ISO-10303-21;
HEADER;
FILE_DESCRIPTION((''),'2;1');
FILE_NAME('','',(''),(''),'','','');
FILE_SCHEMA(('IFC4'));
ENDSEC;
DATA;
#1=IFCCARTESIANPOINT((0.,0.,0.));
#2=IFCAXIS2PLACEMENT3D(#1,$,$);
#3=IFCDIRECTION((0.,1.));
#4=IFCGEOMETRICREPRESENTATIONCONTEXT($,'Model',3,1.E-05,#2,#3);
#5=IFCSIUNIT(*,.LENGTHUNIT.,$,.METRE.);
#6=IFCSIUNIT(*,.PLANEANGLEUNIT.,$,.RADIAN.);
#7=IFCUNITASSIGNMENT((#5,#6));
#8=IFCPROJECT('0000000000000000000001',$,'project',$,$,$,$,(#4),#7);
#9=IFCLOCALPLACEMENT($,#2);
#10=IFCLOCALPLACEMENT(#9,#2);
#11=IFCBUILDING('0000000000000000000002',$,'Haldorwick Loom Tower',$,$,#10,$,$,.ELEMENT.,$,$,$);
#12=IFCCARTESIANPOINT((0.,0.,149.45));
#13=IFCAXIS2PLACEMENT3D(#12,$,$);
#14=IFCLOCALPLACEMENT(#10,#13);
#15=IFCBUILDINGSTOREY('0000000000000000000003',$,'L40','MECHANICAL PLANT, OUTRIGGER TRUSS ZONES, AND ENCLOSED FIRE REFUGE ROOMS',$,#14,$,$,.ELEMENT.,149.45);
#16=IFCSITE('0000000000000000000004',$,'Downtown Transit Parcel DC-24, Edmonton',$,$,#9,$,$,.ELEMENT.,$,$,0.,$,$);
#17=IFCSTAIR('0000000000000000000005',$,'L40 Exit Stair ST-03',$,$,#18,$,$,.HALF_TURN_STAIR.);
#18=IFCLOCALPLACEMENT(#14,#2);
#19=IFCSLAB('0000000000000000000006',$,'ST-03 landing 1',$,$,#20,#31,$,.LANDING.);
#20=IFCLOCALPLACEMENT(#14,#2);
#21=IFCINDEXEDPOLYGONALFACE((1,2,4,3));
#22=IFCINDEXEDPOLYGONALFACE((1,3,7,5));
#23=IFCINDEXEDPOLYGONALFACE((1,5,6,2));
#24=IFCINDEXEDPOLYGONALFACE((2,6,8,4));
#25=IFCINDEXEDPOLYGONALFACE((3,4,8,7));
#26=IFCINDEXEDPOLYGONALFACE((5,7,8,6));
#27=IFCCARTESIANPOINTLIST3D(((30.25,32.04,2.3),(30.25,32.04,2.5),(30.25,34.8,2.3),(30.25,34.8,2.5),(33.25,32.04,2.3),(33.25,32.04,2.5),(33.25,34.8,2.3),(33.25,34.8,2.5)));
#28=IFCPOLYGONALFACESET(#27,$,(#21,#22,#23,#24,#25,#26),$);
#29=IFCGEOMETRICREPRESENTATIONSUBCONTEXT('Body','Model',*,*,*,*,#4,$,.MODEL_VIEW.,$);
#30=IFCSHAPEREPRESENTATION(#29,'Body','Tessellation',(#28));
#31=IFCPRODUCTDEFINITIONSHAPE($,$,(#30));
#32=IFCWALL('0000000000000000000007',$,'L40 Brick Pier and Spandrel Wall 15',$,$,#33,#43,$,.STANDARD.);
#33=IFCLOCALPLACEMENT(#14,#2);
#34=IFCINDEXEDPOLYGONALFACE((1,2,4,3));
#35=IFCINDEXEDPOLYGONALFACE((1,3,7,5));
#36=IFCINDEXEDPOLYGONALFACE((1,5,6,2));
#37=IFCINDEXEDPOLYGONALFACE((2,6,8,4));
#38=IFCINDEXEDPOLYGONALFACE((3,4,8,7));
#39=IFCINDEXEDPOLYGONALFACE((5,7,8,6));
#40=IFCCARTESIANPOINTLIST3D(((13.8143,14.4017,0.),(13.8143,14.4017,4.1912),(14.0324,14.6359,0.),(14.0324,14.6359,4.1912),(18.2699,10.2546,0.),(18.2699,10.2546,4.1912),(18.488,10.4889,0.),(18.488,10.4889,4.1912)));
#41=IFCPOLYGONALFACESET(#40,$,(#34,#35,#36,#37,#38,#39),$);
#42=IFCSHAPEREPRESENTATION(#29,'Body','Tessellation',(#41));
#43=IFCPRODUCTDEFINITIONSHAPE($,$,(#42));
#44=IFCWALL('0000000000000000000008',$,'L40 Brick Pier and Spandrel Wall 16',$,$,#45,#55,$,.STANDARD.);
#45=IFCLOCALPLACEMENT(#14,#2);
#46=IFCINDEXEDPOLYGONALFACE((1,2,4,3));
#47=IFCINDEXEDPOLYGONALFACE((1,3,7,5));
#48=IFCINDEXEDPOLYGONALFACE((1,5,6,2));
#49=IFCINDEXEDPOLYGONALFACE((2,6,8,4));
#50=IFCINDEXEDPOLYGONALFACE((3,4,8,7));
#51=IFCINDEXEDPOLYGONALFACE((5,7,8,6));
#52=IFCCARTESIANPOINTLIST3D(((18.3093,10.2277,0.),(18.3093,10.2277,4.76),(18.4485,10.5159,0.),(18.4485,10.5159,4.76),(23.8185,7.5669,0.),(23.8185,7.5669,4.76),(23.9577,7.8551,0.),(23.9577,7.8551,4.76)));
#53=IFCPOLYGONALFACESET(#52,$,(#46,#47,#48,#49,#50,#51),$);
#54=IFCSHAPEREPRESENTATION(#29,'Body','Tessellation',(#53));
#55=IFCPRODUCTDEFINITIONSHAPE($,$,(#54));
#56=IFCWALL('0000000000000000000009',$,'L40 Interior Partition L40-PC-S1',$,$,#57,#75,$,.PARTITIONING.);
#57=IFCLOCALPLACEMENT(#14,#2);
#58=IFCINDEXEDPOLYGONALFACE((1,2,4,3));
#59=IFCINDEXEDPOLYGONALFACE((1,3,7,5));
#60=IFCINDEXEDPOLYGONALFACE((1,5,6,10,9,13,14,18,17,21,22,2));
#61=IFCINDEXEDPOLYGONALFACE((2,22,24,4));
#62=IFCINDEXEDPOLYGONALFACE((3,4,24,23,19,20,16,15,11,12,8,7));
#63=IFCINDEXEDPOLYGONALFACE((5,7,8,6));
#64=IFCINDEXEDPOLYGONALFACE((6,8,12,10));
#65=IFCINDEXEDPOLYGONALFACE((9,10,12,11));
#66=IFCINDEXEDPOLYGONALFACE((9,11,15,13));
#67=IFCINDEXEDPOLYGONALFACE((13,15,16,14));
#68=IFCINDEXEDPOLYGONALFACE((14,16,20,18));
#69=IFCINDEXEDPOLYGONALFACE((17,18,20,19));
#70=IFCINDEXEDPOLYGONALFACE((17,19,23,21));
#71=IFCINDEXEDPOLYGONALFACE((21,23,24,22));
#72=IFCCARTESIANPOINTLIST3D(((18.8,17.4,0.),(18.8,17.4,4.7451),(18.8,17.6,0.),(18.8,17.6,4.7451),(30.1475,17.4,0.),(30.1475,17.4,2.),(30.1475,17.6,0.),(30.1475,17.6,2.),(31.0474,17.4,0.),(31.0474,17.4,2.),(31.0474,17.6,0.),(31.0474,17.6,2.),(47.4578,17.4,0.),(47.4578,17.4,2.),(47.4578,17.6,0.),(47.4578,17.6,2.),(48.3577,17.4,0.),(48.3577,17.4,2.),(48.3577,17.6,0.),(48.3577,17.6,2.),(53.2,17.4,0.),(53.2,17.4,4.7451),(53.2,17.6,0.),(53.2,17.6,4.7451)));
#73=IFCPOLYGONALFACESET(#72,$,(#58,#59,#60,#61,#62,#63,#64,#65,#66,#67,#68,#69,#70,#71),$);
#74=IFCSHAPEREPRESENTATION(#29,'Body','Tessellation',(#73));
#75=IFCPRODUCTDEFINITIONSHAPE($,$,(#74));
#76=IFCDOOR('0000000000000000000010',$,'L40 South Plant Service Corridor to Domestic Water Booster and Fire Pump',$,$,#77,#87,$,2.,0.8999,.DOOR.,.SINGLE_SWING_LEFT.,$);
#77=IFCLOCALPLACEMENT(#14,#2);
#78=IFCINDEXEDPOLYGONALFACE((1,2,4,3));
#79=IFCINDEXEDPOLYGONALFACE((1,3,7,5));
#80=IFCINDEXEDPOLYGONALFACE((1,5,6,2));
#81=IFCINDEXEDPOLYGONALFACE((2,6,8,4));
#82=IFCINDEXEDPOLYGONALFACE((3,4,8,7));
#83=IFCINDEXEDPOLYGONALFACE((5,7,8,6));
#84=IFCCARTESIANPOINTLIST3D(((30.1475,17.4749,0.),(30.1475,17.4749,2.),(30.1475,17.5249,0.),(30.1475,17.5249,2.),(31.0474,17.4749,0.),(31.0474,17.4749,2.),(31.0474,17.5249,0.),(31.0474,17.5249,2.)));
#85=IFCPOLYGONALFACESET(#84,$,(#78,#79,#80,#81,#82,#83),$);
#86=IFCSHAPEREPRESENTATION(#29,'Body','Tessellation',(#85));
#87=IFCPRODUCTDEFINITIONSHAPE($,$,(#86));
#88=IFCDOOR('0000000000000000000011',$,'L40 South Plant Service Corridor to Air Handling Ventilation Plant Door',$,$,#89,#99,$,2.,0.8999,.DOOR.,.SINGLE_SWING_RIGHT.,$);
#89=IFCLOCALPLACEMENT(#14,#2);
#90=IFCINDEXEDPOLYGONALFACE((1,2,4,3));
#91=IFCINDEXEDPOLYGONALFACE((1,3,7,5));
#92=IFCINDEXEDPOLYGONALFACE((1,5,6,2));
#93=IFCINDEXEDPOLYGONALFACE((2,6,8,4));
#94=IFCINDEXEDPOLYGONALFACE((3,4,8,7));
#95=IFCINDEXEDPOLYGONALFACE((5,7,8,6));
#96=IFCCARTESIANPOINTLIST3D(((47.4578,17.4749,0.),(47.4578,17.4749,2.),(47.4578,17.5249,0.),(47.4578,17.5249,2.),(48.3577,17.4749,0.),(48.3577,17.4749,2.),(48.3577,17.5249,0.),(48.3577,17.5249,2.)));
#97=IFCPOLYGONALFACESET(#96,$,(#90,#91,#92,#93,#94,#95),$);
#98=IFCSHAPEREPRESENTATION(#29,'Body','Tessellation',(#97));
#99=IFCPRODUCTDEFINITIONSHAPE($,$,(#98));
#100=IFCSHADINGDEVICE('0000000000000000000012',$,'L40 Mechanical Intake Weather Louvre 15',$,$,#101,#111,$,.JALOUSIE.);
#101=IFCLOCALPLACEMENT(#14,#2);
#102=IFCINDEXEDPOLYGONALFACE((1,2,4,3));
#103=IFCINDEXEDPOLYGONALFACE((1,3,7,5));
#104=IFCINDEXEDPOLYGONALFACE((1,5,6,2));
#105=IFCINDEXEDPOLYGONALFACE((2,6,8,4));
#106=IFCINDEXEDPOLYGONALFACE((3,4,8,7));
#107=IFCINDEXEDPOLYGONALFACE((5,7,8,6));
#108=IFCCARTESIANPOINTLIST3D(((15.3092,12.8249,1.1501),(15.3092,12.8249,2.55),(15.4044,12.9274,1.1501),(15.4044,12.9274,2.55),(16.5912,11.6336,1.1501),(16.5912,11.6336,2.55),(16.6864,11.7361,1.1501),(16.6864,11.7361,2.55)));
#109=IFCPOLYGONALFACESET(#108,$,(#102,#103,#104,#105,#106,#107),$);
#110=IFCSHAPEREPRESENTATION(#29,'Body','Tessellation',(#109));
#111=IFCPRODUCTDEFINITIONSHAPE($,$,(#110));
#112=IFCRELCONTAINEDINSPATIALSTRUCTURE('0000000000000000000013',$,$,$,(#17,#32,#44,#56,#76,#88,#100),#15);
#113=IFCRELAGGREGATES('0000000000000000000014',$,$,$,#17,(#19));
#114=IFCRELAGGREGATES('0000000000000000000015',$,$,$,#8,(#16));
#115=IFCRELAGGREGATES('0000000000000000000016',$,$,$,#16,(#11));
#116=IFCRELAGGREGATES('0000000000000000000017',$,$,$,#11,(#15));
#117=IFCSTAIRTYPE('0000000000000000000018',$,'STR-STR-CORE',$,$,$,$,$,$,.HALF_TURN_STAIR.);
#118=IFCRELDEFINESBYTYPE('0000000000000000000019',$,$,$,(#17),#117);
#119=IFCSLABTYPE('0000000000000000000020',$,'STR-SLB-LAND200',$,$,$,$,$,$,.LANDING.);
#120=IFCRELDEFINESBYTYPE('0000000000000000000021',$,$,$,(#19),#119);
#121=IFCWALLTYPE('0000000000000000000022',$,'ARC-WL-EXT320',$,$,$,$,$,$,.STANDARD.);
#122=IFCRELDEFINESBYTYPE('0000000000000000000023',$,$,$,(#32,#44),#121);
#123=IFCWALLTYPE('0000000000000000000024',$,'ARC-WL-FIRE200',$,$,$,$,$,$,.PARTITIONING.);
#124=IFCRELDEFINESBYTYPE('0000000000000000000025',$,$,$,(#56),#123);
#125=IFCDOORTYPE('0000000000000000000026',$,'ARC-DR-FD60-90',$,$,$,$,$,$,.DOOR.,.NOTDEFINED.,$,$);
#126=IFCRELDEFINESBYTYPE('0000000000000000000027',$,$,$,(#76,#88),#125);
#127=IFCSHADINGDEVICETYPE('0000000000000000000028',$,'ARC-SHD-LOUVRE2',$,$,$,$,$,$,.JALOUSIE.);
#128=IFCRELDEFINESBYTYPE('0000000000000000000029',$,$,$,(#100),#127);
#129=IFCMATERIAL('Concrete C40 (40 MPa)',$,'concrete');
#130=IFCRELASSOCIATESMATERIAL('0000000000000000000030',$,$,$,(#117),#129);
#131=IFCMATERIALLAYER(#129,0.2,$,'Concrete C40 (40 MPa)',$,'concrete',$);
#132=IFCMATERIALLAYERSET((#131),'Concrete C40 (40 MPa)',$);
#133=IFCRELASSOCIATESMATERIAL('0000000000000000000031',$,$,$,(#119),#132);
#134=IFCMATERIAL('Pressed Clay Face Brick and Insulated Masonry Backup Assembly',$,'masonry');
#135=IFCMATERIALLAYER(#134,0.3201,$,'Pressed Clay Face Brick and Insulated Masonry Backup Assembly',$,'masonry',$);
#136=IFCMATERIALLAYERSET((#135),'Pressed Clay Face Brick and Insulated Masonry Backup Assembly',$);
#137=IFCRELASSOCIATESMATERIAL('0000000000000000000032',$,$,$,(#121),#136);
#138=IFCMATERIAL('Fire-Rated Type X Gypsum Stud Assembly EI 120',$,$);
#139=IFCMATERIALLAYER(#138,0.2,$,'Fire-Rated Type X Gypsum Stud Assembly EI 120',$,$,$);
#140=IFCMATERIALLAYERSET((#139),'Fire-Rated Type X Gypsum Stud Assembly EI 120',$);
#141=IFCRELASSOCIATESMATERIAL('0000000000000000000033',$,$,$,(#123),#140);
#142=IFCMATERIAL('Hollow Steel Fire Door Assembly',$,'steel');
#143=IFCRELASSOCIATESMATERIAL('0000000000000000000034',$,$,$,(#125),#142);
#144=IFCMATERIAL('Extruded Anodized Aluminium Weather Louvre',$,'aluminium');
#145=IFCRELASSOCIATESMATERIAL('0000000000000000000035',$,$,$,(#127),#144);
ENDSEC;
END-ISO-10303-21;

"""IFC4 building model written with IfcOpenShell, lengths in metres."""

from ifc_helpers import new_model, si_unit, direction, frame, frame_2d, origin, origin_2d, place, context, subcontext, project, spatial, polyline, rectangle, outline, extrude, material, layer, layer_set, type_object, element, fill, aggregate, save


model = new_model("IFC4")

# Units and contexts
model_context = context("Model", 3, precision=1e-05, world=origin(), true_north=direction((0.0, 1.0)))
body_context = subcontext(model_context, "Body", "Model", "MODEL_VIEW")
ifc_project = project(units=[si_unit("LENGTHUNIT", "METRE"), si_unit("PLANEANGLEUNIT", "RADIAN")], contexts=[model_context])

# Site, building, storey
site_placement = place(None, origin())
site = spatial("IfcSite", under=ifc_project, at=site_placement, Name="Downtown Transit Parcel DC-24, Edmonton", CompositionType="ELEMENT", RefElevation=0.0)
building_placement = place(site_placement, origin())
building = spatial("IfcBuilding", under=site, at=building_placement, Name="Haldorwick Loom Tower", CompositionType="ELEMENT")
storey_placement = place(building_placement, frame((0.0, 0.0, 149.45)))
storey = spatial("IfcBuildingStorey", under=building, at=storey_placement, Name="L40", Description="MECHANICAL PLANT, OUTRIGGER TRUSS ZONES, AND ENCLOSED FIRE REFUGE ROOMS", CompositionType="ELEMENT", Elevation=149.45)

# Shared definitions
ifc_material_1 = material(Name="Concrete C40 (40 MPa)", Category="concrete")

# Stair, slab
stair_type = type_object("IfcStairType", Name="STR-STR-CORE", PredefinedType="HALF_TURN_STAIR", material=ifc_material_1)
ifc_layer_1 = layer(ifc_material_1, 0.2, Name="Concrete C40 (40 MPa)", Category="concrete")
ifc_layer_set_1 = layer_set([ifc_layer_1], Name="Concrete C40 (40 MPa)")
slab_type_1 = type_object("IfcSlabType", Name="STR-SLB-LAND200", PredefinedType="LANDING", material=ifc_layer_set_1)
stair_1_placement = place(storey_placement, origin())
stair_1 = element("IfcStair", 1, at=stair_1_placement, inside=storey, type_object=stair_type, Name="L40 Exit Stair ST-03", PredefinedType="HALF_TURN_STAIR")
slab_1_placement = place(storey_placement, frame((0.0, 0.0, 2.3)))
slab_1 = element("IfcSlab", 2, at=slab_1_placement, type_object=slab_type_1, Name="ST-03 landing 1", PredefinedType="LANDING", context=body_context, shape_type="SweptSolid", body=[
    extrude(outline(polyline([(33.25, 32.04), (33.25, 34.8), (30.25, 34.8), (30.25, 32.04), (33.25, 32.04)])), origin(), (0.0, 0.0, 1.0), 0.2),
])
aggregate(stair_1, [slab_1])

# Walls
ifc_material_2 = material(Name="Pressed Clay Face Brick and Insulated Masonry Backup Assembly", Category="masonry")
ifc_layer_2 = layer(ifc_material_2, 0.3201, Name="Pressed Clay Face Brick and Insulated Masonry Backup Assembly", Category="masonry")
ifc_layer_set_2 = layer_set([ifc_layer_2], Name="Pressed Clay Face Brick and Insulated Masonry Backup Assembly")
wall_type_1 = type_object("IfcWallType", Name="ARC-WL-EXT320", PredefinedType="STANDARD", material=ifc_layer_set_2)
wall_1_placement = place(storey_placement, frame((13.9233, 14.5188, 0.0), z_axis=(0.0, 0.0, 1.0), x_axis=(0.732002, -0.681303, 0.0)))
element("IfcWall", 3, at=wall_1_placement, inside=storey, type_object=wall_type_1, Name="L40 Brick Pier and Spandrel Wall 15", PredefinedType="STANDARD", context=body_context, shape_type="SweptSolid", body=[
    extrude(rectangle(XDim=6.0869, YDim=0.3201, at=frame_2d((3.0435, 0.0))), origin(), (0.0, 0.0, 1.0), 4.1912),
])
wall_2_placement = place(storey_placement, frame((18.3789, 10.3718, 0.0), z_axis=(0.0, 0.0, 1.0), x_axis=(0.900472, -0.434913, 0.0)))
element("IfcWall", 4, at=wall_2_placement, inside=storey, type_object=wall_type_1, Name="L40 Brick Pier and Spandrel Wall 16", PredefinedType="STANDARD", context=body_context, shape_type="SweptSolid", body=[
    extrude(rectangle(XDim=6.1182, YDim=0.3201, at=frame_2d((3.0591, 0.0))), origin(), (0.0, 0.0, 1.0), 4.76),
])

# Wall, openings, doors
ifc_material_3 = material(Name="Fire-Rated Type X Gypsum Stud Assembly EI 120")
ifc_layer_3 = layer(ifc_material_3, 0.2, Name="Fire-Rated Type X Gypsum Stud Assembly EI 120")
ifc_layer_set_3 = layer_set([ifc_layer_3], Name="Fire-Rated Type X Gypsum Stud Assembly EI 120")
wall_type_2 = type_object("IfcWallType", Name="ARC-WL-FIRE200", PredefinedType="PARTITIONING", material=ifc_layer_set_3)
wall_3_placement = place(storey_placement, frame((18.8, 17.5, 0.0), z_axis=(0.0, 0.0, 1.0), x_axis=(1.0, 0.0, 0.0)))
wall_3 = element("IfcWall", 5, at=wall_3_placement, inside=storey, type_object=wall_type_2, Name="L40 Interior Partition L40-PC-S1", PredefinedType="PARTITIONING", context=body_context, shape_type="SweptSolid", body=[
    extrude(rectangle(XDim=34.3999, YDim=0.2, at=frame_2d((17.2, 0.0))), origin(), (0.0, 0.0, 1.0), 4.7451),
])
opening_1_placement = place(wall_3_placement, frame((11.3474, 0.0, 0.0)))
opening_1 = element("IfcOpeningElement", 6, at=opening_1_placement, cuts=wall_3, PredefinedType="OPENING", context=body_context, shape_type="SweptSolid", body=[
    extrude(rectangle(XDim=0.8999, YDim=2.0, at=frame_2d((0.45, 1.0))), frame((0.0, 0.1099, 0.0), z_axis=(0.0, -1.0, 0.0), x_axis=(1.0, 0.0, 0.0)), (0.0, 0.0, 1.0), 0.22),
])
opening_2_placement = place(wall_3_placement, frame((28.6577, 0.0, 0.0)))
opening_2 = element("IfcOpeningElement", 7, at=opening_2_placement, cuts=wall_3, PredefinedType="OPENING", context=body_context, shape_type="SweptSolid", body=[
    extrude(rectangle(XDim=0.8999, YDim=2.0, at=frame_2d((0.45, 1.0))), frame((0.0, 0.1099, 0.0), z_axis=(0.0, -1.0, 0.0), x_axis=(1.0, 0.0, 0.0)), (0.0, 0.0, 1.0), 0.22),
])
ifc_material_4 = material(Name="Hollow Steel Fire Door Assembly", Category="steel")
door_type = type_object("IfcDoorType", Name="ARC-DR-FD60-90", OperationType="NOTDEFINED", PredefinedType="DOOR", material=ifc_material_4)
door_1_placement = place(opening_1_placement, origin())
door_1 = element("IfcDoor", 8, at=door_1_placement, inside=storey, type_object=door_type, Name="L40 South Plant Service Corridor to Domestic Water Booster and Fire Pump", OperationType="SINGLE_SWING_LEFT", OverallHeight=2.0, OverallWidth=0.8999, PredefinedType="DOOR", context=body_context, shape_type="SweptSolid", body=[
    extrude(rectangle(XDim=0.8999, YDim=2.0, at=frame_2d((0.45, 1.0))), frame((0.0, 0.0249, 0.0), z_axis=(0.0, -1.0, 0.0), x_axis=(1.0, 0.0, 0.0)), (0.0, 0.0, 1.0), 0.05),
])
fill(opening_1, door_1)
door_2_placement = place(opening_2_placement, origin())
door_2 = element("IfcDoor", 9, at=door_2_placement, inside=storey, type_object=door_type, Name="L40 South Plant Service Corridor to Air Handling Ventilation Plant Door", OperationType="SINGLE_SWING_RIGHT", OverallHeight=2.0, OverallWidth=0.8999, PredefinedType="DOOR", context=body_context, shape_type="SweptSolid", body=[
    extrude(rectangle(XDim=0.8999, YDim=2.0, at=frame_2d((0.45, 1.0))), frame((0.0, 0.0249, 0.0), z_axis=(0.0, -1.0, 0.0), x_axis=(1.0, 0.0, 0.0)), (0.0, 0.0, 1.0), 0.05),
])
fill(opening_2, door_2)

# Shading device
ifc_material_5 = material(Name="Extruded Anodized Aluminium Weather Louvre", Category="aluminium")
shading_device_type = type_object("IfcShadingDeviceType", Name="ARC-SHD-LOUVRE2", PredefinedType="JALOUSIE", material=ifc_material_5)
shading_device_placement = place(storey_placement, frame((15.9978, 12.2805, 1.1501), z_axis=(0.0, 0.0, 1.0), x_axis=(0.732543, -0.680721, 0.0)))
element("IfcShadingDevice", 10, at=shading_device_placement, inside=storey, type_object=shading_device_type, Name="L40 Mechanical Intake Weather Louvre 15", PredefinedType="JALOUSIE", context=body_context, shape_type="SweptSolid", body=[
    extrude(rectangle(XDim=1.75, YDim=0.1399, at=origin_2d()), origin(), (0.0, 0.0, 1.0), 1.3999),
])

save(model, "model.ifc")
